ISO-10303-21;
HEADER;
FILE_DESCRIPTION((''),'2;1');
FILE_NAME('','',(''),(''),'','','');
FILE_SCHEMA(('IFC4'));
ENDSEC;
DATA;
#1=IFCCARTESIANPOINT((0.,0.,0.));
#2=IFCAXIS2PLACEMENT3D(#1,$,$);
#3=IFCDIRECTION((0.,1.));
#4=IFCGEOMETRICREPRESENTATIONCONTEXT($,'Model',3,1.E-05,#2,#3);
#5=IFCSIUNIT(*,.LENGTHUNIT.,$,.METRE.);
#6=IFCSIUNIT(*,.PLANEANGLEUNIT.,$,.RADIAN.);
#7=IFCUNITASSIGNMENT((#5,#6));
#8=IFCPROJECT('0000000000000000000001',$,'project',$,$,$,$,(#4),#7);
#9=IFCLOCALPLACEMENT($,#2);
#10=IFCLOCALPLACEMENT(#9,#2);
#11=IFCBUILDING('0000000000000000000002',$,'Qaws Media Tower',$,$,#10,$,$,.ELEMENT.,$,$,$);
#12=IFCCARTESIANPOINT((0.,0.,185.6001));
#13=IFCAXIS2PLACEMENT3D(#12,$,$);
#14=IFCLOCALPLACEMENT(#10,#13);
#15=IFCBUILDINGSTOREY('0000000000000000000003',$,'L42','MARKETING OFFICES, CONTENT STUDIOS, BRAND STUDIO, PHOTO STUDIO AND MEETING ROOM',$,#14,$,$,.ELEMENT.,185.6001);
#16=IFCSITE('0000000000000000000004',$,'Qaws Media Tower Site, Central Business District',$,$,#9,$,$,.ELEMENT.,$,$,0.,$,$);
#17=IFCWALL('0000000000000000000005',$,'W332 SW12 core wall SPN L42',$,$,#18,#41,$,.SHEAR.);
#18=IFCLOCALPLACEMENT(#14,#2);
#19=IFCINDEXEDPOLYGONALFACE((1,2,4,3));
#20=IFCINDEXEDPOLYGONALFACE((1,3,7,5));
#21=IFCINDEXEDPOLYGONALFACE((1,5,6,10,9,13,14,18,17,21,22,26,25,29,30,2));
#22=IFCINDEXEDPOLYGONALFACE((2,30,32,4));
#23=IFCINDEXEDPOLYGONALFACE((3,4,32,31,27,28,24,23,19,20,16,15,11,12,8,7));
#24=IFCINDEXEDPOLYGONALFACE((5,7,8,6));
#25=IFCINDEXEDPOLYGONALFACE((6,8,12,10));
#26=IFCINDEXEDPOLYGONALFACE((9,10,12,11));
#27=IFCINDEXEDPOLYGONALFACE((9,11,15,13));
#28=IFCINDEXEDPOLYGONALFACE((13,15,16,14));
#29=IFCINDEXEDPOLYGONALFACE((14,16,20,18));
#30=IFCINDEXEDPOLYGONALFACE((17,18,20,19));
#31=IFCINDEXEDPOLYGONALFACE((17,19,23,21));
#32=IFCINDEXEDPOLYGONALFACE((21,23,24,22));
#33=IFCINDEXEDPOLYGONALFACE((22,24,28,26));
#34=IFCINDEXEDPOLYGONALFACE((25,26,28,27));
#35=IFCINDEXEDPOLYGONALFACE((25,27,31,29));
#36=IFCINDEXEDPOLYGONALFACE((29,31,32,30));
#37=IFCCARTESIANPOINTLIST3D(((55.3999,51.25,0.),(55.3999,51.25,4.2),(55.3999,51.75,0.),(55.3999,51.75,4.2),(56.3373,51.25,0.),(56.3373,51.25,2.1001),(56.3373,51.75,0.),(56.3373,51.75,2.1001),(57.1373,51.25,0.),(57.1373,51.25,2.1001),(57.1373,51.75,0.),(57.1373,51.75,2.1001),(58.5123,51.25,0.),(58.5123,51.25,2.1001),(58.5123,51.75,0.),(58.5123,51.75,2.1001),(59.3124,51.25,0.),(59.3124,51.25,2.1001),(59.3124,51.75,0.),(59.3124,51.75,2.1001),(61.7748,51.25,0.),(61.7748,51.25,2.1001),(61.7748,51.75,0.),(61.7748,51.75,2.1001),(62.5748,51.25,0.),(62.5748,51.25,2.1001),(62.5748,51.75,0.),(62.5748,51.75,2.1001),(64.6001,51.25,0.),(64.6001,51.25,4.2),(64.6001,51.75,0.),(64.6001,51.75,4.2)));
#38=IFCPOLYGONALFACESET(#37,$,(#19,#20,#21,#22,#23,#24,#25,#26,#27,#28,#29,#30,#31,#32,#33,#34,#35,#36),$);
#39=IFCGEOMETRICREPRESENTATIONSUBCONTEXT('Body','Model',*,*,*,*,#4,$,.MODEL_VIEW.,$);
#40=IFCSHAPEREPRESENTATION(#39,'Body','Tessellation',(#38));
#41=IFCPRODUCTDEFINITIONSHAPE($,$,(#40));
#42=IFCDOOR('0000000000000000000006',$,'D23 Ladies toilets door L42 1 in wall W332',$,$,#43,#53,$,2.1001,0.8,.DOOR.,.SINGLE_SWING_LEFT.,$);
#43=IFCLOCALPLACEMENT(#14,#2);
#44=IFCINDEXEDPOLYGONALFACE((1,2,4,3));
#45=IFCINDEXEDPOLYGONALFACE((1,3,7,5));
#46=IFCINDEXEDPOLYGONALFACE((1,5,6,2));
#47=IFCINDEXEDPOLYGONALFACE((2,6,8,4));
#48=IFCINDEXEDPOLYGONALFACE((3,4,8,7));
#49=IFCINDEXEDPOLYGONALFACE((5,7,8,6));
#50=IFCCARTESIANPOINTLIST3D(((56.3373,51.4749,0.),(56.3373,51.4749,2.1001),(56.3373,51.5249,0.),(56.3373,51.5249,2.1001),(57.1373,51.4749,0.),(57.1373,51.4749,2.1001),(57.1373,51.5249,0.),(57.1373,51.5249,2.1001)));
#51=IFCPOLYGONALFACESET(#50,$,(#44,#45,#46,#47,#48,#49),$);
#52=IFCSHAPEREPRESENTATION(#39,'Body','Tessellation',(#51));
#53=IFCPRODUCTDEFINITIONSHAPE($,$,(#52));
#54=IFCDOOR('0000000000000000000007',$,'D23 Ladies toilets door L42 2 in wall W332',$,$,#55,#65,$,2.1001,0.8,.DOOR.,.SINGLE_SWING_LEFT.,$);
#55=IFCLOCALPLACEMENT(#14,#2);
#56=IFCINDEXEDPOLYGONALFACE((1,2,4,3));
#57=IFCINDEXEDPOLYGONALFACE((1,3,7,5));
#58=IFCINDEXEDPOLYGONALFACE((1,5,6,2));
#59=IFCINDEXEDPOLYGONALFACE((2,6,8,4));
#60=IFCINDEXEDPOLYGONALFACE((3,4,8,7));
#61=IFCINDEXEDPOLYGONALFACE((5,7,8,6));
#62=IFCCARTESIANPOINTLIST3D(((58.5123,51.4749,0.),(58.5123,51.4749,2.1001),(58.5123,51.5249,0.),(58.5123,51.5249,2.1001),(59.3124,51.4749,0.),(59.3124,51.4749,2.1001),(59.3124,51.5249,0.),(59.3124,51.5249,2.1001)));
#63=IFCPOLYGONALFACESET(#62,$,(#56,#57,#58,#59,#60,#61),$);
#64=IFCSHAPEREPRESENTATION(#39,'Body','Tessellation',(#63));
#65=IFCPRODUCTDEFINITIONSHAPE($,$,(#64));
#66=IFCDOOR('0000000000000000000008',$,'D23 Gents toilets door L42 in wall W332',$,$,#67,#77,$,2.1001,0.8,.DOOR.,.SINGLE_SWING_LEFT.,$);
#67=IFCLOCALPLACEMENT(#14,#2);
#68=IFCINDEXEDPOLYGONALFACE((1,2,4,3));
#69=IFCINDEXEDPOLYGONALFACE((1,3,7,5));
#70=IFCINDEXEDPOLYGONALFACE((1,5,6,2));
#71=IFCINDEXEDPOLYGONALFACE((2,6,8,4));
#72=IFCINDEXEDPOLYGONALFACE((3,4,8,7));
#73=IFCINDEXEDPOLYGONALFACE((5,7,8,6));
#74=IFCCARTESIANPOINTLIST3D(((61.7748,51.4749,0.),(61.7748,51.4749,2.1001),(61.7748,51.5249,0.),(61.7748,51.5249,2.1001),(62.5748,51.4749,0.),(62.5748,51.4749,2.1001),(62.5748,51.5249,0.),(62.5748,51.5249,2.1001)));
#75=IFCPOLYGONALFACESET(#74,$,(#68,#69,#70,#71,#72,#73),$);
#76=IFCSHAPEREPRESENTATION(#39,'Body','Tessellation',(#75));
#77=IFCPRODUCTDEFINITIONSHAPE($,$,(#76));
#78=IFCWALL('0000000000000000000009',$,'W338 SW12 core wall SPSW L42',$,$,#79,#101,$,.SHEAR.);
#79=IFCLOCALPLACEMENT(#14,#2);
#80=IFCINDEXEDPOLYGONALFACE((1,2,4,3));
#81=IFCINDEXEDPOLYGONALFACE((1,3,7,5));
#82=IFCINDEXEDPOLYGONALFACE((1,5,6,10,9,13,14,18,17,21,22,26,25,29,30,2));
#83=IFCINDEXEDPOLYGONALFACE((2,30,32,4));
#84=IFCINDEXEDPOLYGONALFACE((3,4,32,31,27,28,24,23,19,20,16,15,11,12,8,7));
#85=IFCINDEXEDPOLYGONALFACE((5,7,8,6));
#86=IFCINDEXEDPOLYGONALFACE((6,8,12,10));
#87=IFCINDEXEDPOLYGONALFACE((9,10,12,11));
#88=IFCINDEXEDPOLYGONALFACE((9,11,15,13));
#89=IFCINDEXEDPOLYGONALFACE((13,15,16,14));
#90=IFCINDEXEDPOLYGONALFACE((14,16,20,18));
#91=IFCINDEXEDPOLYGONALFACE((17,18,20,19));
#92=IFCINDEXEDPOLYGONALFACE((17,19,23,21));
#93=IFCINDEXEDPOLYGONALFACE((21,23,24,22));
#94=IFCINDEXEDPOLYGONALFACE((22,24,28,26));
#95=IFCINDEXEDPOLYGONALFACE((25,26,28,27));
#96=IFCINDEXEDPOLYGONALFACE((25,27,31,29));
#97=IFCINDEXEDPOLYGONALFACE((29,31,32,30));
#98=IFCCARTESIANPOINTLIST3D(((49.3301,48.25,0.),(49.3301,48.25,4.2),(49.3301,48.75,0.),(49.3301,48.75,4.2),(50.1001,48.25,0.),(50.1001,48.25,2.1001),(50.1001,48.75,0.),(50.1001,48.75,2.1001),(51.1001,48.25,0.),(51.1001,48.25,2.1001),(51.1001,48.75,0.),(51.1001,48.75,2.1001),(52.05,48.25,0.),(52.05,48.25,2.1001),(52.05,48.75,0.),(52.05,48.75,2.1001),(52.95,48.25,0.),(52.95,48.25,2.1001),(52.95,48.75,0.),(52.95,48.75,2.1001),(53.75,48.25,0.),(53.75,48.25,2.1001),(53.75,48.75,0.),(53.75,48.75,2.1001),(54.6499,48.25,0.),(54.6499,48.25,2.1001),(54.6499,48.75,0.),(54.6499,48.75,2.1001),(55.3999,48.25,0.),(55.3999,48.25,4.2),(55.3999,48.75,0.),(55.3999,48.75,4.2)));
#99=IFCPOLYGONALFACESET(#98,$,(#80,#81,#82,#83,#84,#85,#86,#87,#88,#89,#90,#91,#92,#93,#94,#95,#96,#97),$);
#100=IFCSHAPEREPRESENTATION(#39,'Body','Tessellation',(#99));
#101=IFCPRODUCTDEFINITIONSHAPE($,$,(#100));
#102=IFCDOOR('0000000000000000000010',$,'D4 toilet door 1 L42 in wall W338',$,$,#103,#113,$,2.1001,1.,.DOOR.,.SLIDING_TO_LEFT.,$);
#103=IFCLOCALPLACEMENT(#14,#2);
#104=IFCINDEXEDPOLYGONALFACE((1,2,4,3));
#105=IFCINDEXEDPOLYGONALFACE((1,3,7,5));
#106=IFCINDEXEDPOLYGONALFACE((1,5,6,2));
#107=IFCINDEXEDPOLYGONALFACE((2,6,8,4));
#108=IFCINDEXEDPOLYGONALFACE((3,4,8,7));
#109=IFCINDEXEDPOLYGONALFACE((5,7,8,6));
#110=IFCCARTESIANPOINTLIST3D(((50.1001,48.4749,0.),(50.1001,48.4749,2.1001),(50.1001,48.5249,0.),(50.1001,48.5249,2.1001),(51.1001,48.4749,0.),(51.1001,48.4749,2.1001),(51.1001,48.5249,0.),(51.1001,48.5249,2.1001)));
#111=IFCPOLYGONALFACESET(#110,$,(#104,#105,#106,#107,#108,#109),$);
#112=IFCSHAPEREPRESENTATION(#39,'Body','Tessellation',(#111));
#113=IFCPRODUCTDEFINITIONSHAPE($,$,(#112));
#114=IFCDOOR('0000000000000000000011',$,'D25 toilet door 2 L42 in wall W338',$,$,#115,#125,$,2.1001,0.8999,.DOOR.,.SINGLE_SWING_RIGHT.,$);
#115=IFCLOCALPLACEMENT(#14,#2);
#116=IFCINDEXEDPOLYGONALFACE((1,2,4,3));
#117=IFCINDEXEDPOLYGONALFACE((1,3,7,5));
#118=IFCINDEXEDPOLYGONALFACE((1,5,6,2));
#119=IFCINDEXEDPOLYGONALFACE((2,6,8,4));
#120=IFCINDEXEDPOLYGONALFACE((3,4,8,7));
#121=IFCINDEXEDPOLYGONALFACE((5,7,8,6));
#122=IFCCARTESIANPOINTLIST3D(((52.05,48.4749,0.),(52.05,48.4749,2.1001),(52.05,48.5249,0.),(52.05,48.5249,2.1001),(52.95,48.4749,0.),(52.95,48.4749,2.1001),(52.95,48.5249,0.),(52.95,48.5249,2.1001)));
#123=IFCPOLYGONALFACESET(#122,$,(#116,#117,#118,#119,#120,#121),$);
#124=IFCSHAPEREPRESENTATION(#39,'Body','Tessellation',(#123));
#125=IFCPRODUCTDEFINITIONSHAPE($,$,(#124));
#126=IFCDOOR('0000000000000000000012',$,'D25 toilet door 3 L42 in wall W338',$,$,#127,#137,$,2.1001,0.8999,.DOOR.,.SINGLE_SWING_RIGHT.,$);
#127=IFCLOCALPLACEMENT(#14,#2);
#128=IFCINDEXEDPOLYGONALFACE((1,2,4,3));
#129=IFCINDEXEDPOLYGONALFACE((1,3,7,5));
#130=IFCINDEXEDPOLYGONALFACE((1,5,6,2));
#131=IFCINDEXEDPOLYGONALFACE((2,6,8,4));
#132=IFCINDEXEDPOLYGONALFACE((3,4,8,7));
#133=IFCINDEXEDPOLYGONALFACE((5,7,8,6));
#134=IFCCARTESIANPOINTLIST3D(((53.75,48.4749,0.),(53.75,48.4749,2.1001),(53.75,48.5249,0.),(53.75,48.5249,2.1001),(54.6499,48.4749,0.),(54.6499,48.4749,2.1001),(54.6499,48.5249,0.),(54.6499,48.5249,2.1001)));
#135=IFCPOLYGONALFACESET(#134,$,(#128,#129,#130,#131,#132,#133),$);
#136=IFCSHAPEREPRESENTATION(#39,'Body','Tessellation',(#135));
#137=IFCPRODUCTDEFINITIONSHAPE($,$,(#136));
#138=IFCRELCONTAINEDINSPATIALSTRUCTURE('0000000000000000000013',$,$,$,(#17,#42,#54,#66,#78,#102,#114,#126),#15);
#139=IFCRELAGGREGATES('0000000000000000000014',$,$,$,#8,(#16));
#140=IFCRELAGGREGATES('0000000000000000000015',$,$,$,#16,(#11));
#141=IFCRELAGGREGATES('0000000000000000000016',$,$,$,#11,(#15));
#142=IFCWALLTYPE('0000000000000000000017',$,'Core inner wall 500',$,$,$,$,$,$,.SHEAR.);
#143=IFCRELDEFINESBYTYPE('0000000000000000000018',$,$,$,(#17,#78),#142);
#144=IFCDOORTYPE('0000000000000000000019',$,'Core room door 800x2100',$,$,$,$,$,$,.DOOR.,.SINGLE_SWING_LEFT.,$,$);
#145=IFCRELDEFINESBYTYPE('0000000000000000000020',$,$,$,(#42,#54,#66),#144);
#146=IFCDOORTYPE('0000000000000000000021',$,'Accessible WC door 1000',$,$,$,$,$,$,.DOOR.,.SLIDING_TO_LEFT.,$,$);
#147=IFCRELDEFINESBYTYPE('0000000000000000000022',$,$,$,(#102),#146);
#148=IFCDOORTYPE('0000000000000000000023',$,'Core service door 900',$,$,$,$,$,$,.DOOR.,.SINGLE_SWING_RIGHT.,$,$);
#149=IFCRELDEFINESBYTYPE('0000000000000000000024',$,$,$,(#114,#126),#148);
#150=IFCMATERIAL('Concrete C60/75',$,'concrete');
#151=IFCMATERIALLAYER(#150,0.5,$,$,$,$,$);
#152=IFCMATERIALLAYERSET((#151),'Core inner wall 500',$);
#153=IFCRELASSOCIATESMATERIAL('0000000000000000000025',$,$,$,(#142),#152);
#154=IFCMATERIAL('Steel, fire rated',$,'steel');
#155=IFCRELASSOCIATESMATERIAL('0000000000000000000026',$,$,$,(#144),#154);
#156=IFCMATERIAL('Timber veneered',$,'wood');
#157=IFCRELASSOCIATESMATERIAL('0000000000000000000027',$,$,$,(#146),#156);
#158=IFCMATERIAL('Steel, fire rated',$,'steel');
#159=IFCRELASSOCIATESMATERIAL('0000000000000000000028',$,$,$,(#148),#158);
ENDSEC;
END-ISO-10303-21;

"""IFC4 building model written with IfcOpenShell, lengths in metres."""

from ifc_helpers import new_model, si_unit, direction, frame, frame_2d, origin, place, context, subcontext, project, spatial, rectangle, extrude, material, layer, layer_set, type_object, element, fill, save


model = new_model("IFC4")

# Units and contexts
model_context = context("Model", 3, precision=1e-05, world=origin(), true_north=direction((0.0, 1.0)))
body_context = subcontext(model_context, "Body", "Model", "MODEL_VIEW")
ifc_project = project(units=[si_unit("LENGTHUNIT", "METRE"), si_unit("PLANEANGLEUNIT", "RADIAN")], contexts=[model_context])

# Site, building, storey
site_placement = place(None, origin())
site = spatial("IfcSite", under=ifc_project, at=site_placement, Name="Qaws Media Tower Site, Central Business District", CompositionType="ELEMENT", RefElevation=0.0)
building_placement = place(site_placement, origin())
building = spatial("IfcBuilding", under=site, at=building_placement, Name="Qaws Media Tower", CompositionType="ELEMENT")
storey_placement = place(building_placement, frame((0.0, 0.0, 185.6001)))
storey = spatial("IfcBuildingStorey", under=building, at=storey_placement, Name="L42", Description="MARKETING OFFICES, CONTENT STUDIOS, BRAND STUDIO, PHOTO STUDIO AND MEETING ROOM", CompositionType="ELEMENT", Elevation=185.6001)

# Shared definitions
ifc_material_1 = material(Name="Concrete C60/75", Category="concrete")
ifc_layer_1 = layer(ifc_material_1, 0.5)
ifc_layer_set_1 = layer_set([ifc_layer_1], Name="Core inner wall 500")
wall_type_1 = type_object("IfcWallType", Name="Core inner wall 500", PredefinedType="SHEAR", material=ifc_layer_set_1)

# Walls, openings, doors
wall_1_placement = place(storey_placement, frame((55.3999, 51.5, 0.0), z_axis=(0.0, 0.0, 1.0), x_axis=(1.0, 0.0, 0.0)))
wall_1 = element("IfcWall", 1, at=wall_1_placement, inside=storey, type_object=wall_type_1, Name="W332 SW12 core wall SPN L42", PredefinedType="SHEAR", context=body_context, shape_type="SweptSolid", body=[
    extrude(rectangle(XDim=9.2002, YDim=0.5, at=frame_2d((4.6001, 0.0))), origin(), (0.0, 0.0, 1.0), 4.2),
])
opening_1_placement = place(wall_1_placement, frame((0.9375, 0.0, 0.0)))
opening_1 = element("IfcOpeningElement", 2, at=opening_1_placement, cuts=wall_1, PredefinedType="OPENING", context=body_context, shape_type="SweptSolid", body=[
    extrude(rectangle(XDim=0.8, YDim=2.1001, at=frame_2d((0.3999, 1.05))), frame((0.0, 0.26, 0.0), z_axis=(0.0, -1.0, 0.0), x_axis=(1.0, 0.0, 0.0)), (0.0, 0.0, 1.0), 0.52),
])
opening_2_placement = place(wall_1_placement, frame((3.1125, 0.0, 0.0)))
opening_2 = element("IfcOpeningElement", 3, at=opening_2_placement, cuts=wall_1, PredefinedType="OPENING", context=body_context, shape_type="SweptSolid", body=[
    extrude(rectangle(XDim=0.8, YDim=2.1001, at=frame_2d((0.3999, 1.05))), frame((0.0, 0.26, 0.0), z_axis=(0.0, -1.0, 0.0), x_axis=(1.0, 0.0, 0.0)), (0.0, 0.0, 1.0), 0.52),
])
opening_3_placement = place(wall_1_placement, frame((6.375, 0.0, 0.0)))
opening_3 = element("IfcOpeningElement", 4, at=opening_3_placement, cuts=wall_1, PredefinedType="OPENING", context=body_context, shape_type="SweptSolid", body=[
    extrude(rectangle(XDim=0.8, YDim=2.1001, at=frame_2d((0.3999, 1.05))), frame((0.0, 0.26, 0.0), z_axis=(0.0, -1.0, 0.0), x_axis=(1.0, 0.0, 0.0)), (0.0, 0.0, 1.0), 0.52),
])
ifc_material_2 = material(Name="Steel, fire rated", Category="steel")
door_type_1 = type_object("IfcDoorType", Name="Core room door 800x2100", OperationType="SINGLE_SWING_LEFT", PredefinedType="DOOR", material=ifc_material_2)
door_1_placement = place(opening_1_placement, origin())
door_1 = element("IfcDoor", 5, at=door_1_placement, inside=storey, type_object=door_type_1, Name="D23 Ladies toilets door L42 1 in wall W332", OperationType="SINGLE_SWING_LEFT", OverallHeight=2.1001, OverallWidth=0.8, PredefinedType="DOOR", context=body_context, shape_type="SweptSolid", body=[
    extrude(rectangle(XDim=0.8, YDim=2.1001, at=frame_2d((0.3999, 1.05))), frame((0.0, 0.0249, 0.0), z_axis=(0.0, -1.0, 0.0), x_axis=(1.0, 0.0, 0.0)), (0.0, 0.0, 1.0), 0.05),
])
fill(opening_1, door_1)
door_2_placement = place(opening_2_placement, origin())
door_2 = element("IfcDoor", 6, at=door_2_placement, inside=storey, type_object=door_type_1, Name="D23 Ladies toilets door L42 2 in wall W332", OperationType="SINGLE_SWING_LEFT", OverallHeight=2.1001, OverallWidth=0.8, PredefinedType="DOOR", context=body_context, shape_type="SweptSolid", body=[
    extrude(rectangle(XDim=0.8, YDim=2.1001, at=frame_2d((0.3999, 1.05))), frame((0.0, 0.0249, 0.0), z_axis=(0.0, -1.0, 0.0), x_axis=(1.0, 0.0, 0.0)), (0.0, 0.0, 1.0), 0.05),
])
fill(opening_2, door_2)
door_3_placement = place(opening_3_placement, origin())
door_3 = element("IfcDoor", 7, at=door_3_placement, inside=storey, type_object=door_type_1, Name="D23 Gents toilets door L42 in wall W332", OperationType="SINGLE_SWING_LEFT", OverallHeight=2.1001, OverallWidth=0.8, PredefinedType="DOOR", context=body_context, shape_type="SweptSolid", body=[
    extrude(rectangle(XDim=0.8, YDim=2.1001, at=frame_2d((0.3999, 1.05))), frame((0.0, 0.0249, 0.0), z_axis=(0.0, -1.0, 0.0), x_axis=(1.0, 0.0, 0.0)), (0.0, 0.0, 1.0), 0.05),
])
fill(opening_3, door_3)
wall_2_placement = place(storey_placement, frame((49.3301, 48.5, 0.0), z_axis=(0.0, 0.0, 1.0), x_axis=(1.0, 0.0, 0.0)))
wall_2 = element("IfcWall", 8, at=wall_2_placement, inside=storey, type_object=wall_type_1, Name="W338 SW12 core wall SPSW L42", PredefinedType="SHEAR", context=body_context, shape_type="SweptSolid", body=[
    extrude(rectangle(XDim=6.0698, YDim=0.5, at=frame_2d((3.0349, 0.0))), origin(), (0.0, 0.0, 1.0), 4.2),
])
opening_4_placement = place(wall_2_placement, frame((0.77, 0.0, 0.0)))
opening_4 = element("IfcOpeningElement", 9, at=opening_4_placement, cuts=wall_2, PredefinedType="OPENING", context=body_context, shape_type="SweptSolid", body=[
    extrude(rectangle(XDim=1.0, YDim=2.1001, at=frame_2d((0.5, 1.05))), frame((0.0, 0.26, 0.0), z_axis=(0.0, -1.0, 0.0), x_axis=(1.0, 0.0, 0.0)), (0.0, 0.0, 1.0), 0.52),
])
opening_5_placement = place(wall_2_placement, frame((2.72, 0.0, 0.0)))
opening_5 = element("IfcOpeningElement", 10, at=opening_5_placement, cuts=wall_2, PredefinedType="OPENING", context=body_context, shape_type="SweptSolid", body=[
    extrude(rectangle(XDim=0.8999, YDim=2.1001, at=frame_2d((0.45, 1.05))), frame((0.0, 0.26, 0.0), z_axis=(0.0, -1.0, 0.0), x_axis=(1.0, 0.0, 0.0)), (0.0, 0.0, 1.0), 0.52),
])
opening_6_placement = place(wall_2_placement, frame((4.4199, 0.0, 0.0)))
opening_6 = element("IfcOpeningElement", 11, at=opening_6_placement, cuts=wall_2, PredefinedType="OPENING", context=body_context, shape_type="SweptSolid", body=[
    extrude(rectangle(XDim=0.8999, YDim=2.1001, at=frame_2d((0.45, 1.05))), frame((0.0, 0.26, 0.0), z_axis=(0.0, -1.0, 0.0), x_axis=(1.0, 0.0, 0.0)), (0.0, 0.0, 1.0), 0.52),
])
ifc_material_3 = material(Name="Timber veneered", Category="wood")
door_type_2 = type_object("IfcDoorType", Name="Accessible WC door 1000", OperationType="SLIDING_TO_LEFT", PredefinedType="DOOR", material=ifc_material_3)
door_4_placement = place(opening_4_placement, origin())
door_4 = element("IfcDoor", 12, at=door_4_placement, inside=storey, type_object=door_type_2, Name="D4 toilet door 1 L42 in wall W338", OperationType="SLIDING_TO_LEFT", OverallHeight=2.1001, OverallWidth=1.0, PredefinedType="DOOR", context=body_context, shape_type="SweptSolid", body=[
    extrude(rectangle(XDim=1.0, YDim=2.1001, at=frame_2d((0.5, 1.05))), frame((0.0, 0.0249, 0.0), z_axis=(0.0, -1.0, 0.0), x_axis=(1.0, 0.0, 0.0)), (0.0, 0.0, 1.0), 0.05),
])
fill(opening_4, door_4)
ifc_material_4 = material(Name="Steel, fire rated", Category="steel")
door_type_3 = type_object("IfcDoorType", Name="Core service door 900", OperationType="SINGLE_SWING_RIGHT", PredefinedType="DOOR", material=ifc_material_4)
door_5_placement = place(opening_5_placement, origin())
door_5 = element("IfcDoor", 13, at=door_5_placement, inside=storey, type_object=door_type_3, Name="D25 toilet door 2 L42 in wall W338", OperationType="SINGLE_SWING_RIGHT", OverallHeight=2.1001, OverallWidth=0.8999, PredefinedType="DOOR", context=body_context, shape_type="SweptSolid", body=[
    extrude(rectangle(XDim=0.8999, YDim=2.1001, at=frame_2d((0.45, 1.05))), frame((0.0, 0.0249, 0.0), z_axis=(0.0, -1.0, 0.0), x_axis=(1.0, 0.0, 0.0)), (0.0, 0.0, 1.0), 0.05),
])
fill(opening_5, door_5)
door_6_placement = place(opening_6_placement, origin())
door_6 = element("IfcDoor", 14, at=door_6_placement, inside=storey, type_object=door_type_3, Name="D25 toilet door 3 L42 in wall W338", OperationType="SINGLE_SWING_RIGHT", OverallHeight=2.1001, OverallWidth=0.8999, PredefinedType="DOOR", context=body_context, shape_type="SweptSolid", body=[
    extrude(rectangle(XDim=0.8999, YDim=2.1001, at=frame_2d((0.45, 1.05))), frame((0.0, 0.0249, 0.0), z_axis=(0.0, -1.0, 0.0), x_axis=(1.0, 0.0, 0.0)), (0.0, 0.0, 1.0), 0.05),
])
fill(opening_6, door_6)

save(model, "model.ifc")
